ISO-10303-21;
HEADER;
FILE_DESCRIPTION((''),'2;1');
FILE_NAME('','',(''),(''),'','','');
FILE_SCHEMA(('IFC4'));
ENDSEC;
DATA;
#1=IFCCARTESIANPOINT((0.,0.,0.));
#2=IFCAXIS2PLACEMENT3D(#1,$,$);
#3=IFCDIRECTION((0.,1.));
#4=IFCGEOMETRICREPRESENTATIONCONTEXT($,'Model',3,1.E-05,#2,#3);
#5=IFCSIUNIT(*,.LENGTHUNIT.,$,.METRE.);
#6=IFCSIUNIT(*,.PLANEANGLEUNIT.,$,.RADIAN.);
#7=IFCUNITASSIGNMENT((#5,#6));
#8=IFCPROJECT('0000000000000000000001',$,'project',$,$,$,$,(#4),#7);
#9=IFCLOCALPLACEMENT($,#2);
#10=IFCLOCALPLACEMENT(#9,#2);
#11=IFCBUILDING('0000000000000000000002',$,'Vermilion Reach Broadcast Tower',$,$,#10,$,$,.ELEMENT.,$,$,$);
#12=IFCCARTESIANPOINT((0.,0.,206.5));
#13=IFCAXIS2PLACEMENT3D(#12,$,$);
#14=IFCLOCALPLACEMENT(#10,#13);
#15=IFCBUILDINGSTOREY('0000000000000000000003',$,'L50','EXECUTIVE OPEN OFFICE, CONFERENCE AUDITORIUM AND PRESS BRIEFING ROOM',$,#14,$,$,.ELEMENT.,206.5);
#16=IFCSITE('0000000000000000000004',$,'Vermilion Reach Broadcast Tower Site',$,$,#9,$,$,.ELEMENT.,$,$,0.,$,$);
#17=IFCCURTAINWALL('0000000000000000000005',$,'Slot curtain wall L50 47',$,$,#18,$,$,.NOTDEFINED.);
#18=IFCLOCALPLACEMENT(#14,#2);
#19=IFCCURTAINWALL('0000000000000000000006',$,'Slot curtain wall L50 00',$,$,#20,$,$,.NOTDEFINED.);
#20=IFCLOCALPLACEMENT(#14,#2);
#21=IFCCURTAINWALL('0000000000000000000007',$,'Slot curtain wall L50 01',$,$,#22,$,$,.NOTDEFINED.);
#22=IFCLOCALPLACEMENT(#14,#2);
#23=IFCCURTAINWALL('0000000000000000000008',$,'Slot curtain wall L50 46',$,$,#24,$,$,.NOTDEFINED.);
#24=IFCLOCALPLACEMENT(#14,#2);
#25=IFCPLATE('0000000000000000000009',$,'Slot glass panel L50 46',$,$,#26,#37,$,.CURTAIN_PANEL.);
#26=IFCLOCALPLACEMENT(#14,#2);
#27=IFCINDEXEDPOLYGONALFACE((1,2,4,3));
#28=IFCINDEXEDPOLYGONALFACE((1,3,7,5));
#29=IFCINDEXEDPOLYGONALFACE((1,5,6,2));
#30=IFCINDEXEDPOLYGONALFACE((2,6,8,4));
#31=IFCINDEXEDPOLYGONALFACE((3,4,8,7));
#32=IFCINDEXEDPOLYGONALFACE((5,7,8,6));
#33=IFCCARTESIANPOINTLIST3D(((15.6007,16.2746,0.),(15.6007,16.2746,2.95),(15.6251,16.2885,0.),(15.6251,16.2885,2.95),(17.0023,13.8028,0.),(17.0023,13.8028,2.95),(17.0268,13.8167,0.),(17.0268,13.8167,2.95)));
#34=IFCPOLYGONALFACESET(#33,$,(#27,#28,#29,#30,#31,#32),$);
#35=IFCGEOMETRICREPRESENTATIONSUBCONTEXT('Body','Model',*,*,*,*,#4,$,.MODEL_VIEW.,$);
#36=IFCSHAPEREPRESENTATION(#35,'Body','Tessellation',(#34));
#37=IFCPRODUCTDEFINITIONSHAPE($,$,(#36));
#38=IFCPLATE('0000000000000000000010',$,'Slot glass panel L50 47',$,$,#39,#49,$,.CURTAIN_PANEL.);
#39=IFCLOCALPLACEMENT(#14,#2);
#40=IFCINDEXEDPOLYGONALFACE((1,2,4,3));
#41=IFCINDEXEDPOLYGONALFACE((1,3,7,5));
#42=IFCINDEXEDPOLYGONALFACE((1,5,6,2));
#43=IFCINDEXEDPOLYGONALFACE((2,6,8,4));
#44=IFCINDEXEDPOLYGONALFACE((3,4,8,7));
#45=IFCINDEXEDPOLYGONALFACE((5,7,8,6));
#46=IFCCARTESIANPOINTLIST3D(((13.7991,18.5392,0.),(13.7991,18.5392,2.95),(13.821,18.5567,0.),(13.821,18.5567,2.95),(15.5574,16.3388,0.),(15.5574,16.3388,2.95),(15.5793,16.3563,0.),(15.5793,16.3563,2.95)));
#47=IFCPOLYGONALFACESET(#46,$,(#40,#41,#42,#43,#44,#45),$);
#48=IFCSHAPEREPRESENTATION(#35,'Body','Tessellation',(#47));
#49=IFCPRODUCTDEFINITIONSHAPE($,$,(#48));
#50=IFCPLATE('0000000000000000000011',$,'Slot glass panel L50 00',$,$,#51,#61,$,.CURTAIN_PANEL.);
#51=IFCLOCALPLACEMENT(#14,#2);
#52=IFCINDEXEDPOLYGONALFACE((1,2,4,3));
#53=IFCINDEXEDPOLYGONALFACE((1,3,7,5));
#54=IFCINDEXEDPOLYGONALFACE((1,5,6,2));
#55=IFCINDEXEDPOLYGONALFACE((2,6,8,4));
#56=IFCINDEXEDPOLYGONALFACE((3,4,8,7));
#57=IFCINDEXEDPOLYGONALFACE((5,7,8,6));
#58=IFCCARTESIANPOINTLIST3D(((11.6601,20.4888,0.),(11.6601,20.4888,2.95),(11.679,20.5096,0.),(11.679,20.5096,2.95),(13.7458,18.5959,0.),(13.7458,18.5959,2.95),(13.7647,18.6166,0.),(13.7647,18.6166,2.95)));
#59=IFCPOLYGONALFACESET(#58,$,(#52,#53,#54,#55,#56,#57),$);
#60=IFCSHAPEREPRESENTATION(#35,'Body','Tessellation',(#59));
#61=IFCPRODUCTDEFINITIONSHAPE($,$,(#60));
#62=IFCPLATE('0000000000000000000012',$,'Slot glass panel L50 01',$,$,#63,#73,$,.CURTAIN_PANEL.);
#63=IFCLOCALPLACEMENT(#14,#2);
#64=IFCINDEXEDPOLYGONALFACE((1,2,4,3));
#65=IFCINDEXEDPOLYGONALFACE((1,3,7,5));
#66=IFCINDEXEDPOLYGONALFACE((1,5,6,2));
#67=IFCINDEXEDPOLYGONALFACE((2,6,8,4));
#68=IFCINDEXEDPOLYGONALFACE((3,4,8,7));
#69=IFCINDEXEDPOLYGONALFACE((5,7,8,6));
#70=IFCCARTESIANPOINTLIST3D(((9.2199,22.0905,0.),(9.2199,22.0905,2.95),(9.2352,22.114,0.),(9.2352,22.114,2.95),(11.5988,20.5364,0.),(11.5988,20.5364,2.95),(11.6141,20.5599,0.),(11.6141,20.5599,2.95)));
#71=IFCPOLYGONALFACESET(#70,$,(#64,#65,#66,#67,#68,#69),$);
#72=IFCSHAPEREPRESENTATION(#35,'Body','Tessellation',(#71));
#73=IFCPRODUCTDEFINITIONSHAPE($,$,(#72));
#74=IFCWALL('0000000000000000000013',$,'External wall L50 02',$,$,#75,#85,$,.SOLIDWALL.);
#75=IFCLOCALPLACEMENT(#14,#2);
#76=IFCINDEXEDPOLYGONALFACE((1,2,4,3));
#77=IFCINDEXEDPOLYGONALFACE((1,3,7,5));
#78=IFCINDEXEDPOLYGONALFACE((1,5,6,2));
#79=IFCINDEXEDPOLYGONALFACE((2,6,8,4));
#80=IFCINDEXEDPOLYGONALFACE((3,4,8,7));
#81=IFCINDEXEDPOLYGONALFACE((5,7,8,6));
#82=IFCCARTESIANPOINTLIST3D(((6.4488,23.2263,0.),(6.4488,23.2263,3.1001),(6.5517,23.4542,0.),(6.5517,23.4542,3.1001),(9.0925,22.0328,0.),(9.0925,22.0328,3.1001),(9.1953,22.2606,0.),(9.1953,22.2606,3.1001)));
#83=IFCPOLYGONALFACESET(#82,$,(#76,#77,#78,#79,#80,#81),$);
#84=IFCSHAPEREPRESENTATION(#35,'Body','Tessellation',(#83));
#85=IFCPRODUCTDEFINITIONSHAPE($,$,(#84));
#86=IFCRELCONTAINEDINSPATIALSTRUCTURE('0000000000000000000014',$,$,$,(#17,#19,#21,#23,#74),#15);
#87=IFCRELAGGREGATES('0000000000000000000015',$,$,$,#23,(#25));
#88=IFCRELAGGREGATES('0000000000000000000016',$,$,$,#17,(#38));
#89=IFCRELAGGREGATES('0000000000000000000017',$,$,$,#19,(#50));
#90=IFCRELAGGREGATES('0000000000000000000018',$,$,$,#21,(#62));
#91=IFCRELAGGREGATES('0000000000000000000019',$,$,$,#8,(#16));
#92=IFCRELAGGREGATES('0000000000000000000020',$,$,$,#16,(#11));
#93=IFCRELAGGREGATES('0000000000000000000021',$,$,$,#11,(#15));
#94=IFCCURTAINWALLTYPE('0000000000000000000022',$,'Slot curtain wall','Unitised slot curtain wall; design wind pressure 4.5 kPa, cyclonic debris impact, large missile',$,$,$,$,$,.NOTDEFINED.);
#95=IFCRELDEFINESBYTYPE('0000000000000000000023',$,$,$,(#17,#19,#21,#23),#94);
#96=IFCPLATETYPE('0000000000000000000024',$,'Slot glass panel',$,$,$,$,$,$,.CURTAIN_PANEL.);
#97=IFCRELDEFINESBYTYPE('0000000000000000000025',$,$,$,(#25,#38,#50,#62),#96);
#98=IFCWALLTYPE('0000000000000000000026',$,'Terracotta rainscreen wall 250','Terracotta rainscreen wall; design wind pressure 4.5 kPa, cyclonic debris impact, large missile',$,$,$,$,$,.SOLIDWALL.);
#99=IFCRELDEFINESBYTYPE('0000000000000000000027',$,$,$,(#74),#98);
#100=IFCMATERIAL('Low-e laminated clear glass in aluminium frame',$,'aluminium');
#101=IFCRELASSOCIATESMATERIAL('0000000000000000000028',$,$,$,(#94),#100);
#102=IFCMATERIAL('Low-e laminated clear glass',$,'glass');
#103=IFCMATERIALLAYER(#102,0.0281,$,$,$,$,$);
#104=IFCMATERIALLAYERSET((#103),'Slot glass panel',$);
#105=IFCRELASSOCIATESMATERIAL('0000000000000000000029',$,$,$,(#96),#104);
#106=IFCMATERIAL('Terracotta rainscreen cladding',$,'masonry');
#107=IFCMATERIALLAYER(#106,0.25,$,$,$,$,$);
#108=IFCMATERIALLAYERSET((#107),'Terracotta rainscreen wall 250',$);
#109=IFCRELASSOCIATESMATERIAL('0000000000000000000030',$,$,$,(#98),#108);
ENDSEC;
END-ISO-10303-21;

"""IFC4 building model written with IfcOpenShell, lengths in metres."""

from ifc_helpers import new_model, si_unit, direction, frame, frame_2d, origin, origin_2d, place, context, subcontext, project, spatial, rectangle, extrude, material, layer, layer_set, type_object, element, aggregate, save


model = new_model("IFC4")

# Units and contexts
model_context = context("Model", 3, precision=1e-05, world=origin(), true_north=direction((0.0, 1.0)))
body_context = subcontext(model_context, "Body", "Model", "MODEL_VIEW")
ifc_project = project(units=[si_unit("LENGTHUNIT", "METRE"), si_unit("PLANEANGLEUNIT", "RADIAN")], contexts=[model_context])

# Site, building, storey
site_placement = place(None, origin())
site = spatial("IfcSite", under=ifc_project, at=site_placement, Name="Vermilion Reach Broadcast Tower Site", CompositionType="ELEMENT", RefElevation=0.0)
building_placement = place(site_placement, origin())
building = spatial("IfcBuilding", under=site, at=building_placement, Name="Vermilion Reach Broadcast Tower", CompositionType="ELEMENT")
storey_placement = place(building_placement, frame((0.0, 0.0, 206.5)))
storey = spatial("IfcBuildingStorey", under=building, at=storey_placement, Name="L50", Description="EXECUTIVE OPEN OFFICE, CONFERENCE AUDITORIUM AND PRESS BRIEFING ROOM", CompositionType="ELEMENT", Elevation=206.5)

# Curtain walls
ifc_material_1 = material(Name="Low-e laminated clear glass in aluminium frame", Category="aluminium")
curtain_wall_type = type_object("IfcCurtainWallType", Name="Slot curtain wall", Description="Unitised slot curtain wall; design wind pressure 4.5 kPa, cyclonic debris impact, large missile", PredefinedType="NOTDEFINED", material=ifc_material_1)
placement = place(storey_placement, origin())
curtain_wall_1 = element("IfcCurtainWall", 1, at=placement, inside=storey, type_object=curtain_wall_type, Name="Slot curtain wall L50 47", PredefinedType="NOTDEFINED")
curtain_wall_2 = element("IfcCurtainWall", 2, at=placement, inside=storey, type_object=curtain_wall_type, Name="Slot curtain wall L50 00", PredefinedType="NOTDEFINED")

# Curtain wall
curtain_wall_3 = element("IfcCurtainWall", 3, at=placement, inside=storey, type_object=curtain_wall_type, Name="Slot curtain wall L50 01", PredefinedType="NOTDEFINED")

# Curtain wall, plate
curtain_wall_4 = element("IfcCurtainWall", 4, at=placement, inside=storey, type_object=curtain_wall_type, Name="Slot curtain wall L50 46", PredefinedType="NOTDEFINED")
ifc_material_2 = material(Name="Low-e laminated clear glass", Category="glass")
ifc_layer_1 = layer(ifc_material_2, 0.0281)
ifc_layer_set_1 = layer_set([ifc_layer_1], Name="Slot glass panel")
plate_type = type_object("IfcPlateType", Name="Slot glass panel", PredefinedType="CURTAIN_PANEL", material=ifc_layer_set_1)
plate_1_placement = place(storey_placement, frame((16.3137, 15.0457, 0.0), z_axis=(0.0, 0.0, 1.0), x_axis=(-0.493266, 0.869879, 0.0)))
plate_1 = element("IfcPlate", 5, at=plate_1_placement, type_object=plate_type, Name="Slot glass panel L50 46", PredefinedType="CURTAIN_PANEL", context=body_context, shape_type="SweptSolid", body=[
    extrude(rectangle(XDim=2.8416, YDim=0.0281, at=origin_2d()), origin(), (0.0, 0.0, 1.0), 2.95),
])
aggregate(curtain_wall_4, [plate_1])

# Plates
plate_2_placement = place(storey_placement, frame((14.6892, 17.4478, 0.0), z_axis=(0.0, 0.0, 1.0), x_axis=(-0.624245, 0.781229, 0.0)))
plate_2 = element("IfcPlate", 6, at=plate_2_placement, type_object=plate_type, Name="Slot glass panel L50 47", PredefinedType="CURTAIN_PANEL", context=body_context, shape_type="SweptSolid", body=[
    extrude(rectangle(XDim=2.8167, YDim=0.0281, at=origin_2d()), origin(), (0.0, 0.0, 1.0), 2.95),
])
aggregate(curtain_wall_1, [plate_2])
plate_3_placement = place(storey_placement, frame((12.7124, 19.5527, 0.0), z_axis=(0.0, 0.0, 1.0), x_axis=(-0.740491, 0.672067, 0.0)))
plate_3 = element("IfcPlate", 7, at=plate_3_placement, type_object=plate_type, Name="Slot glass panel L50 00", PredefinedType="CURTAIN_PANEL", context=body_context, shape_type="SweptSolid", body=[
    extrude(rectangle(XDim=2.8167, YDim=0.0281, at=origin_2d()), origin(), (0.0, 0.0, 1.0), 2.95),
])
aggregate(curtain_wall_2, [plate_3])
plate_4_placement = place(storey_placement, frame((10.417, 21.3252, 0.0), z_axis=(0.0, 0.0, 1.0), x_axis=(-0.83719, 0.546912, 0.0)))
plate_4 = element("IfcPlate", 8, at=plate_4_placement, type_object=plate_type, Name="Slot glass panel L50 01", PredefinedType="CURTAIN_PANEL", context=body_context, shape_type="SweptSolid", body=[
    extrude(rectangle(XDim=2.8416, YDim=0.0281, at=origin_2d()), origin(), (0.0, 0.0, 1.0), 2.95),
])
aggregate(curtain_wall_3, [plate_4])

# Wall
ifc_material_3 = material(Name="Terracotta rainscreen cladding", Category="masonry")
ifc_layer_2 = layer(ifc_material_3, 0.25)
ifc_layer_set_2 = layer_set([ifc_layer_2], Name="Terracotta rainscreen wall 250")
wall_type = type_object("IfcWallType", Name="Terracotta rainscreen wall 250", Description="Terracotta rainscreen wall; design wind pressure 4.5 kPa, cyclonic debris impact, large missile", PredefinedType="SOLIDWALL", material=ifc_layer_set_2)
wall_placement = place(storey_placement, frame((9.1438, 22.1467, 0.0), z_axis=(0.0, 0.0, 1.0), x_axis=(-0.911418, 0.411481, 0.0)))
element("IfcWall", 9, at=wall_placement, inside=storey, type_object=wall_type, Name="External wall L50 02", PredefinedType="SOLIDWALL", context=body_context, shape_type="SweptSolid", body=[
    extrude(rectangle(XDim=2.9006, YDim=0.25, at=frame_2d((1.4502, 0.0))), origin(), (0.0, 0.0, 1.0), 3.1001),
])

save(model, "model.ifc")
